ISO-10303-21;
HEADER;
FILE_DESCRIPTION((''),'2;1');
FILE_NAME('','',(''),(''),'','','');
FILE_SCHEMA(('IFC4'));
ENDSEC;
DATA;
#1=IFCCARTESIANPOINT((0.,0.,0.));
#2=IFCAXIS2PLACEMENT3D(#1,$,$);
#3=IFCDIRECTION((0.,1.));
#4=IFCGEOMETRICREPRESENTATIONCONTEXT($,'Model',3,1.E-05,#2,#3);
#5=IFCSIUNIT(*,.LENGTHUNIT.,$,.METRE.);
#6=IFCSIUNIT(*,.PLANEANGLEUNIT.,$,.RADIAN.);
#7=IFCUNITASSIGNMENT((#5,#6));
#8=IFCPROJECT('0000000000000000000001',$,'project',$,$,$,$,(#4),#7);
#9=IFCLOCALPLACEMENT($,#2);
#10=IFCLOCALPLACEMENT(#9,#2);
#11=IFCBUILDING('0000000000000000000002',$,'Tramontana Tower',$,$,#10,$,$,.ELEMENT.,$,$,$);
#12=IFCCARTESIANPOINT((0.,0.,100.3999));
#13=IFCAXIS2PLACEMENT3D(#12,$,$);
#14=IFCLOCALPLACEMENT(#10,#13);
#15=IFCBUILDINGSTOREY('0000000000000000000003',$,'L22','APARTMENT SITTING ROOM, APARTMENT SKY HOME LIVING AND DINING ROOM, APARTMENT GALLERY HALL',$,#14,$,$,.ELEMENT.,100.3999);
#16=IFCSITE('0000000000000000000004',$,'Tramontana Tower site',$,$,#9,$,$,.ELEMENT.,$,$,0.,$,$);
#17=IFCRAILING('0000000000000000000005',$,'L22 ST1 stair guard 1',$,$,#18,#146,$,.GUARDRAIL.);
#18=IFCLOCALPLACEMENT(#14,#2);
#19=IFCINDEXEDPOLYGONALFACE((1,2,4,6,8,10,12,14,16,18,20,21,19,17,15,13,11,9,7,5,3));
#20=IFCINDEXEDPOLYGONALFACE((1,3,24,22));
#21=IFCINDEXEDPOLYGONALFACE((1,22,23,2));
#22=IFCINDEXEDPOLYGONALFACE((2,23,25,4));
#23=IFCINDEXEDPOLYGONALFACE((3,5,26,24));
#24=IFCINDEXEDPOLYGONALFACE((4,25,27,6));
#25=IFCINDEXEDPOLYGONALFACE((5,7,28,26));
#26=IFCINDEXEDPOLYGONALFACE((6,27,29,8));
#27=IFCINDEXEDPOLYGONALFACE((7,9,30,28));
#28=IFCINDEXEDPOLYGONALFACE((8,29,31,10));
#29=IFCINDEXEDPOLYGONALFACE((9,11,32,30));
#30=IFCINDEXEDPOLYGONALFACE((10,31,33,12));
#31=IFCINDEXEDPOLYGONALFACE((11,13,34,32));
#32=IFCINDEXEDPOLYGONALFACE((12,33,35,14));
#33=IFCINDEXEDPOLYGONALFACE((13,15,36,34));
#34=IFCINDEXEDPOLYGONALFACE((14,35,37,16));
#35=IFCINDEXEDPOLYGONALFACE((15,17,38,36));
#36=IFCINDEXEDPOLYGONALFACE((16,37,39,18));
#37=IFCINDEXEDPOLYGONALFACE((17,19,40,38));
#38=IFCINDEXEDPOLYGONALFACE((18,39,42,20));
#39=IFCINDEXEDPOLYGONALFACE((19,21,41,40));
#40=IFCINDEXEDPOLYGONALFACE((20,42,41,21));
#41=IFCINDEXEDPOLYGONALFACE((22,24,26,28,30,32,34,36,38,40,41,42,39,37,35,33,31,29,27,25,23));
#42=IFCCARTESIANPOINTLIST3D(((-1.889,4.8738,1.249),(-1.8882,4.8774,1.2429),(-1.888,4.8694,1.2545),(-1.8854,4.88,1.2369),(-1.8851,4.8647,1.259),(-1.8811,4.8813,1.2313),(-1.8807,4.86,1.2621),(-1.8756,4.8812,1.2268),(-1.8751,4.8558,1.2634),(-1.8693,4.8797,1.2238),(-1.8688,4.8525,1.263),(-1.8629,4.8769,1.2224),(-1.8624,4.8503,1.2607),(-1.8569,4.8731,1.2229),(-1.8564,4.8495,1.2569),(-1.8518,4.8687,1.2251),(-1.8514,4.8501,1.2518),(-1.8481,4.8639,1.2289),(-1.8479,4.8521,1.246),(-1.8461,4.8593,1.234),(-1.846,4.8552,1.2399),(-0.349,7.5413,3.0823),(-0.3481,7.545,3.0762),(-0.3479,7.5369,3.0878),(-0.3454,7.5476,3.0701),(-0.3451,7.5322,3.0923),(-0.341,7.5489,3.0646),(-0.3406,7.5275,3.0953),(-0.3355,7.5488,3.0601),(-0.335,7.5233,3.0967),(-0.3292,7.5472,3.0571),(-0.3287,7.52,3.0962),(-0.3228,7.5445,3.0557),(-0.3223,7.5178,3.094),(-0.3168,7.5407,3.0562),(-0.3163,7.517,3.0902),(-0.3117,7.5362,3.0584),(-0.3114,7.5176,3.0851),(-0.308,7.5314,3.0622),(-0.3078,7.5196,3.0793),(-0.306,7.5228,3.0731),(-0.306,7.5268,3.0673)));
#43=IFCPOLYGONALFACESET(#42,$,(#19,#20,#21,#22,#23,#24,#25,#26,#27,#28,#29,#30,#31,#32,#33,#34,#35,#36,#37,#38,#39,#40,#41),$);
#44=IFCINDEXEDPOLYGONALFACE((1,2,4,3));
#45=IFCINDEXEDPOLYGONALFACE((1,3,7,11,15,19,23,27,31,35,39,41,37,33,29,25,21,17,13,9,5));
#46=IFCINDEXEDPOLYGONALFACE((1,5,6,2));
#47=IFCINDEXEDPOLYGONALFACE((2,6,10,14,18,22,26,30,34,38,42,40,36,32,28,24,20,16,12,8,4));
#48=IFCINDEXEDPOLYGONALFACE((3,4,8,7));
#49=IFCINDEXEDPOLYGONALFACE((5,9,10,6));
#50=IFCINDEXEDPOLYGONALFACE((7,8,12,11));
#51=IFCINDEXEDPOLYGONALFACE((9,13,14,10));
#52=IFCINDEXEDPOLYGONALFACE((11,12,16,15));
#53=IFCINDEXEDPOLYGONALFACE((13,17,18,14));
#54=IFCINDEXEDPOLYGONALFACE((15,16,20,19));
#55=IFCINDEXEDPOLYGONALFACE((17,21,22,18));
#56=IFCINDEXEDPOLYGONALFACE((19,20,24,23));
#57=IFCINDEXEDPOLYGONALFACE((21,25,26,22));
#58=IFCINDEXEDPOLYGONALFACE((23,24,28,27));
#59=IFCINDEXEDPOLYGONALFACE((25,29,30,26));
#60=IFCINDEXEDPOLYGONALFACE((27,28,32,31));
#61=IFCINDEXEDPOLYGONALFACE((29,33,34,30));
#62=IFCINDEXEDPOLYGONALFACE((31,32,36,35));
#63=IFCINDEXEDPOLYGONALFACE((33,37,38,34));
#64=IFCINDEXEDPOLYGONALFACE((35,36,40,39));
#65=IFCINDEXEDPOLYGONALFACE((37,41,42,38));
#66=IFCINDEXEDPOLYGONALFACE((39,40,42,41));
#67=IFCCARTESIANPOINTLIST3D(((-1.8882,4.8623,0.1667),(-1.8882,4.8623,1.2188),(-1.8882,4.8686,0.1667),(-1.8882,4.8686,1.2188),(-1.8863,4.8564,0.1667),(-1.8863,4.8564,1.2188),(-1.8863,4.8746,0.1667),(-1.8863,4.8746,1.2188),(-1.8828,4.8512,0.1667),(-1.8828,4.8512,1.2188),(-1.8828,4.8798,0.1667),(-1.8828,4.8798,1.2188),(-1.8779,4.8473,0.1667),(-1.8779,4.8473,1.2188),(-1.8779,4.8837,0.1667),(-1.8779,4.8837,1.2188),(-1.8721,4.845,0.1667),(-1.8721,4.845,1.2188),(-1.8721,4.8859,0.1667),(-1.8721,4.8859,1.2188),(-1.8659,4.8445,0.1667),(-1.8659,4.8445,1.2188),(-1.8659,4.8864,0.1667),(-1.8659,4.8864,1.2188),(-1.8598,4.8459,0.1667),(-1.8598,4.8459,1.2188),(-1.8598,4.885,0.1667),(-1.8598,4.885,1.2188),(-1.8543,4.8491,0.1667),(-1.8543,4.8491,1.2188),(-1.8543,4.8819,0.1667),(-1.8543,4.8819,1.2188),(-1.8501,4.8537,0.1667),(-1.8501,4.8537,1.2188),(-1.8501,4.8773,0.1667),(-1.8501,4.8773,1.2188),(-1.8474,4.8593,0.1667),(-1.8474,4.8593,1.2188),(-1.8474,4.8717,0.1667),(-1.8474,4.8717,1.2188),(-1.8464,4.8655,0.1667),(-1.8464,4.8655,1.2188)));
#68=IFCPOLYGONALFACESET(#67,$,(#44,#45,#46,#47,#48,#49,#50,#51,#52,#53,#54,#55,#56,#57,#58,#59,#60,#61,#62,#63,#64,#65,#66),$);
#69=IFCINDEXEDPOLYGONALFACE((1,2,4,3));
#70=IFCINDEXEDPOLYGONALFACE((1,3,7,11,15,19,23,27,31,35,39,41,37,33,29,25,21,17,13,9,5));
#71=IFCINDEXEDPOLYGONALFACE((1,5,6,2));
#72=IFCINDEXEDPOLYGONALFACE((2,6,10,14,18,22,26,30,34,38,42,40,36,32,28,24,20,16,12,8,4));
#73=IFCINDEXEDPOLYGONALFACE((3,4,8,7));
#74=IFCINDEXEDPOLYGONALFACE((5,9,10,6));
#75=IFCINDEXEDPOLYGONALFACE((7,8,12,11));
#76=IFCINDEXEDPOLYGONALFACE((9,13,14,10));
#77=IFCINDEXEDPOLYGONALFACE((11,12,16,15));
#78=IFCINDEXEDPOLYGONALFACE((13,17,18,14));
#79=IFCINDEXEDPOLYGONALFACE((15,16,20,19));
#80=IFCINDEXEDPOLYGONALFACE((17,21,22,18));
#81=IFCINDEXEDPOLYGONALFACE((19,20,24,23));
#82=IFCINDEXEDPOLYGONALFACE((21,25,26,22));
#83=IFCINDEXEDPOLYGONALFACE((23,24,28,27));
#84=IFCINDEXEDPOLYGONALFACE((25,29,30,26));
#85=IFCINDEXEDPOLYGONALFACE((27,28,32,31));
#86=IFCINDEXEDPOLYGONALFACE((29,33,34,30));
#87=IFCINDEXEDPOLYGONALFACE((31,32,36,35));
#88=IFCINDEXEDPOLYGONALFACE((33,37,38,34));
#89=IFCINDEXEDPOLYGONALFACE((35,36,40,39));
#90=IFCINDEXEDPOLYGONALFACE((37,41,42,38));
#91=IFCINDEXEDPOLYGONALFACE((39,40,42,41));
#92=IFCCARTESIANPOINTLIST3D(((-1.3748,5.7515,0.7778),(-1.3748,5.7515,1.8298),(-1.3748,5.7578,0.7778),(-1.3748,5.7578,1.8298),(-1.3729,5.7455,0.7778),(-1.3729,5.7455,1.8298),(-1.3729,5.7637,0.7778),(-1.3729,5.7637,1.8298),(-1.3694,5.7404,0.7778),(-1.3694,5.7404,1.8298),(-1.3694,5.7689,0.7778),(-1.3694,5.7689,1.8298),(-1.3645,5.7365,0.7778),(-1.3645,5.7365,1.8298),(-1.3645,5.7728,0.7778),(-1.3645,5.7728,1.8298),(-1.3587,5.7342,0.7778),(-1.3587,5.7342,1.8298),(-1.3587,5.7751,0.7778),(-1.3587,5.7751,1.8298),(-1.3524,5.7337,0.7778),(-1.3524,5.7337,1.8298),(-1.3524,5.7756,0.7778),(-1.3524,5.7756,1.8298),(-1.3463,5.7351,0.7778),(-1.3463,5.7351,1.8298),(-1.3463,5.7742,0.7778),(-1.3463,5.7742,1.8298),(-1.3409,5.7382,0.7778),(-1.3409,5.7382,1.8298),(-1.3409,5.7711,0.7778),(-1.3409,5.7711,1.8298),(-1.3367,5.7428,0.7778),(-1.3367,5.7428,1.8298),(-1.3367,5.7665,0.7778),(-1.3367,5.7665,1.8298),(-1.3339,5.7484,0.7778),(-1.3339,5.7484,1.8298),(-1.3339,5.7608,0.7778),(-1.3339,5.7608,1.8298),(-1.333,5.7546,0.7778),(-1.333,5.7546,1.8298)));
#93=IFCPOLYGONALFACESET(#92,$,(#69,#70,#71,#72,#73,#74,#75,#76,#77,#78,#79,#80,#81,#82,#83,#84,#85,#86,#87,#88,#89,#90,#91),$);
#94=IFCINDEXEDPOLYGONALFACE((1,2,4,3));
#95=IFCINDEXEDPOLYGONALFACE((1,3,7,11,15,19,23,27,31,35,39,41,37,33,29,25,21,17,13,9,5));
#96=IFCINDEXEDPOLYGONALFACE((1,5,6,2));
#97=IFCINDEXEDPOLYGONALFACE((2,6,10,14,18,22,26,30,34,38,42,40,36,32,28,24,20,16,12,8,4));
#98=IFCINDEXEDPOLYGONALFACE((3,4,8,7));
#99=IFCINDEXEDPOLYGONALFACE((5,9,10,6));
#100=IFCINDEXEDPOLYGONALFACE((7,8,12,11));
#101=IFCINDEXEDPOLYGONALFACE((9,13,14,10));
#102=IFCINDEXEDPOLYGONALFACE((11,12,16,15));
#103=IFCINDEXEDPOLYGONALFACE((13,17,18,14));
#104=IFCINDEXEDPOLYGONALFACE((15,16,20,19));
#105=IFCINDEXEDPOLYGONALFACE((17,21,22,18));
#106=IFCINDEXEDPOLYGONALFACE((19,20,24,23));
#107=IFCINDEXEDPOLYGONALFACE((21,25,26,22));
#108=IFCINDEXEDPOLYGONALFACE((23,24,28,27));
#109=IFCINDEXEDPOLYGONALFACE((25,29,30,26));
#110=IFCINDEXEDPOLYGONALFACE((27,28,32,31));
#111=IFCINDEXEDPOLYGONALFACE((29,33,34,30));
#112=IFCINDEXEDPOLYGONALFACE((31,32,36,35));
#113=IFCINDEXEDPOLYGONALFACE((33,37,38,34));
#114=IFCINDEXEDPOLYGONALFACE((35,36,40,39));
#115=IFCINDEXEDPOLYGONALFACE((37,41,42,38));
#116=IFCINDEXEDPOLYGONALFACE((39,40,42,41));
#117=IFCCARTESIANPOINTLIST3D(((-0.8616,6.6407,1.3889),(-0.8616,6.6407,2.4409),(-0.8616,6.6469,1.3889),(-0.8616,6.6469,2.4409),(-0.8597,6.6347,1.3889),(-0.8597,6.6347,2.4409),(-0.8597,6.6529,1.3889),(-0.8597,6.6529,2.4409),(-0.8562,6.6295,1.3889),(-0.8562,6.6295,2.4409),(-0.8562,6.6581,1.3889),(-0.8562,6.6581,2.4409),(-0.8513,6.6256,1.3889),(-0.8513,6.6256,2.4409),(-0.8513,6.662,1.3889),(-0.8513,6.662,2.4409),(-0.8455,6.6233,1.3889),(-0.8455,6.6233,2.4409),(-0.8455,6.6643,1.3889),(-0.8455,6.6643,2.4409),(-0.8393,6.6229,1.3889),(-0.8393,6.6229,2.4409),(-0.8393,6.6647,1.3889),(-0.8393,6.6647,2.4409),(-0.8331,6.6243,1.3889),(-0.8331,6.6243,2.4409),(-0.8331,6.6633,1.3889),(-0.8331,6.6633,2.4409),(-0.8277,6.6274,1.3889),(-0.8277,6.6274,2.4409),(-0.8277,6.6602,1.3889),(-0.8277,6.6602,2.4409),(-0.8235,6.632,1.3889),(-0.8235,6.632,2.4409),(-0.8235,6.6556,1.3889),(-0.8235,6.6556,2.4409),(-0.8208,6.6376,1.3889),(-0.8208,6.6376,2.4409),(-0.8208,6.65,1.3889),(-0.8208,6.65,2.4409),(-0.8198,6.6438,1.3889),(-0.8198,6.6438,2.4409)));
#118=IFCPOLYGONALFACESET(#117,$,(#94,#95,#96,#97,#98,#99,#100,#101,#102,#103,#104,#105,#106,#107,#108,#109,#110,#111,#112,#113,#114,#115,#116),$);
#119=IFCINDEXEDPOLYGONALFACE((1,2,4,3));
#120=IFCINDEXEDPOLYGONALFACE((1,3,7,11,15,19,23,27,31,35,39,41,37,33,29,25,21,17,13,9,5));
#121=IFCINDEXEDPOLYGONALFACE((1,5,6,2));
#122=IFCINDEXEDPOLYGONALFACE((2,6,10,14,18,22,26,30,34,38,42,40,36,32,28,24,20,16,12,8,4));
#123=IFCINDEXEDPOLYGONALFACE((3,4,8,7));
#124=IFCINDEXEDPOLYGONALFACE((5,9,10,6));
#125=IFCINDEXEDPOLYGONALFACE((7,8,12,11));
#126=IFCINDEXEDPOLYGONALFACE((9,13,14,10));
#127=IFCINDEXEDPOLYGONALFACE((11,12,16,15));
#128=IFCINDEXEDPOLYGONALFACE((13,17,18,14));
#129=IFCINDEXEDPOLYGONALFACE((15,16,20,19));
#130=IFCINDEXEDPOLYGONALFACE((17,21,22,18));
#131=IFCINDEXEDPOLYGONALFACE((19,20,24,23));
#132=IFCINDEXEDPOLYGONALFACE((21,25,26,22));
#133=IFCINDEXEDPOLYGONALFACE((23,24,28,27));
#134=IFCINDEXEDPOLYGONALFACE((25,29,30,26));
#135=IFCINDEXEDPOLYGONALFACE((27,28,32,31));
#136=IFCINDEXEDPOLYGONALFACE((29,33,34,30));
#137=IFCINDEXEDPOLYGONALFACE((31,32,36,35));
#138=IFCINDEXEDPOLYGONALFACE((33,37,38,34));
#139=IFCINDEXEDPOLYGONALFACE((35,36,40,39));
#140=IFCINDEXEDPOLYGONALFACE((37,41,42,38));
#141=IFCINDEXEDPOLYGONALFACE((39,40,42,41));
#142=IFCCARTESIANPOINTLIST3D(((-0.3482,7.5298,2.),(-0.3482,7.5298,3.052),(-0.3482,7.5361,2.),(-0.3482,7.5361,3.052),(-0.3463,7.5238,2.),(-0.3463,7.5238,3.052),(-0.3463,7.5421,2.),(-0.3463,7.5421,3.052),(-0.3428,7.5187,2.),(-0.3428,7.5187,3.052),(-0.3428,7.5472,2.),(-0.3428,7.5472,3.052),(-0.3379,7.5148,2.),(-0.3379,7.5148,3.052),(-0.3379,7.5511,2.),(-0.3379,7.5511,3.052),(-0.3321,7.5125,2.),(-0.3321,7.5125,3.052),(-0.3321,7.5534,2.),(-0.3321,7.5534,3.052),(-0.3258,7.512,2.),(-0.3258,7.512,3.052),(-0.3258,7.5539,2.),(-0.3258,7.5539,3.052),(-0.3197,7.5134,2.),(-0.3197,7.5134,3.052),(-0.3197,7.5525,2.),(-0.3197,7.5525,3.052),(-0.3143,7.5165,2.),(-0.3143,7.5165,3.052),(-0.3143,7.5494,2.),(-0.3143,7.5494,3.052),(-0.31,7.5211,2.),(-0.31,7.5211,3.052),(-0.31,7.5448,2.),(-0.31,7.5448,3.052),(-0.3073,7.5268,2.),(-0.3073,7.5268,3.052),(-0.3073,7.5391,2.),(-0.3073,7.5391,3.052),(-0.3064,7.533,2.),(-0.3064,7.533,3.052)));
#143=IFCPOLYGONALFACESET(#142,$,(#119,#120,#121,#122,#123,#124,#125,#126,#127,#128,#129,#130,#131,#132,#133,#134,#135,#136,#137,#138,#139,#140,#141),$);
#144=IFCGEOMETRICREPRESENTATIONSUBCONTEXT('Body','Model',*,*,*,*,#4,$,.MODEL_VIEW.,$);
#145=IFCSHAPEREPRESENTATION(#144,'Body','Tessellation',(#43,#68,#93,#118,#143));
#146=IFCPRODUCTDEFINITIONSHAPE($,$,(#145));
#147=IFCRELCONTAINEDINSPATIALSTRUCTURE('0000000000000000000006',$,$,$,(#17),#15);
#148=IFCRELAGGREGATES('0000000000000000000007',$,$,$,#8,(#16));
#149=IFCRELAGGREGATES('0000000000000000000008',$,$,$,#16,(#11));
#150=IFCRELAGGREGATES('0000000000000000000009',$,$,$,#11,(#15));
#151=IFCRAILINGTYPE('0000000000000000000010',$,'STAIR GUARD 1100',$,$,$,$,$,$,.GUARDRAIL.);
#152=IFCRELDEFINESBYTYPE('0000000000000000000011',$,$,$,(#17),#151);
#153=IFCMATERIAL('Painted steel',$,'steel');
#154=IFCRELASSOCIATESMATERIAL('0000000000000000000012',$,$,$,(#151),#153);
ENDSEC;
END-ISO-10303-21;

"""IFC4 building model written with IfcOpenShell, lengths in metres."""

from ifc_helpers import new_model, si_unit, direction, frame, origin, origin_2d, place, context, subcontext, project, spatial, circle, extrude, material, type_object, element, save


model = new_model("IFC4")

# Units and contexts
model_context = context("Model", 3, precision=1e-05, world=origin(), true_north=direction((0.0, 1.0)))
body_context = subcontext(model_context, "Body", "Model", "MODEL_VIEW")
ifc_project = project(units=[si_unit("LENGTHUNIT", "METRE"), si_unit("PLANEANGLEUNIT", "RADIAN")], contexts=[model_context])

# Site, building, storey
site_placement = place(None, origin())
site = spatial("IfcSite", under=ifc_project, at=site_placement, Name="Tramontana Tower site", CompositionType="ELEMENT", RefElevation=0.0)
building_placement = place(site_placement, origin())
building = spatial("IfcBuilding", under=site, at=building_placement, Name="Tramontana Tower", CompositionType="ELEMENT")
storey_placement = place(building_placement, frame((0.0, 0.0, 100.3999)))
storey = spatial("IfcBuildingStorey", under=building, at=storey_placement, Name="L22", Description="APARTMENT SITTING ROOM, APARTMENT SKY HOME LIVING AND DINING ROOM, APARTMENT GALLERY HALL", CompositionType="ELEMENT", Elevation=100.3999)

# Railing
ifc_material_1 = material(Name="Painted steel", Category="steel")
railing_type_1 = type_object("IfcRailingType", Name="STAIR GUARD 1100", PredefinedType="GUARDRAIL", material=ifc_material_1)
railing_1_placement = place(storey_placement, frame((-1.8674, 4.8655, 0.1667)))
element("IfcRailing", 1, at=railing_1_placement, inside=storey, type_object=railing_type_1, Name="L22 ST1 stair guard 1", PredefinedType="GUARDRAIL", context=body_context, shape_type="SweptSolid", body=[
    extrude(circle(Radius=0.0239, at=origin_2d()), frame((0.0, 0.0, 1.0762), z_axis=(0.429649, 0.74419, 0.511452), x_axis=(-0.86603, 0.499992, 0.0)), (0.0, 0.0, 1.0), 3.5845),
    extrude(circle(Radius=0.021, at=origin_2d()), origin(), (0.0, 0.0, 1.0), 1.052),
    extrude(circle(Radius=0.021, at=origin_2d()), frame((0.5134, 0.8892, 0.6111)), (0.0, 0.0, 1.0), 1.052),
    extrude(circle(Radius=0.021, at=origin_2d()), frame((1.0266, 1.7783, 1.2222)), (0.0, 0.0, 1.0), 1.052),
    extrude(circle(Radius=0.021, at=origin_2d()), frame((1.54, 2.6675, 1.8333)), (0.0, 0.0, 1.0), 1.052),
])

save(model, "model.ifc")
